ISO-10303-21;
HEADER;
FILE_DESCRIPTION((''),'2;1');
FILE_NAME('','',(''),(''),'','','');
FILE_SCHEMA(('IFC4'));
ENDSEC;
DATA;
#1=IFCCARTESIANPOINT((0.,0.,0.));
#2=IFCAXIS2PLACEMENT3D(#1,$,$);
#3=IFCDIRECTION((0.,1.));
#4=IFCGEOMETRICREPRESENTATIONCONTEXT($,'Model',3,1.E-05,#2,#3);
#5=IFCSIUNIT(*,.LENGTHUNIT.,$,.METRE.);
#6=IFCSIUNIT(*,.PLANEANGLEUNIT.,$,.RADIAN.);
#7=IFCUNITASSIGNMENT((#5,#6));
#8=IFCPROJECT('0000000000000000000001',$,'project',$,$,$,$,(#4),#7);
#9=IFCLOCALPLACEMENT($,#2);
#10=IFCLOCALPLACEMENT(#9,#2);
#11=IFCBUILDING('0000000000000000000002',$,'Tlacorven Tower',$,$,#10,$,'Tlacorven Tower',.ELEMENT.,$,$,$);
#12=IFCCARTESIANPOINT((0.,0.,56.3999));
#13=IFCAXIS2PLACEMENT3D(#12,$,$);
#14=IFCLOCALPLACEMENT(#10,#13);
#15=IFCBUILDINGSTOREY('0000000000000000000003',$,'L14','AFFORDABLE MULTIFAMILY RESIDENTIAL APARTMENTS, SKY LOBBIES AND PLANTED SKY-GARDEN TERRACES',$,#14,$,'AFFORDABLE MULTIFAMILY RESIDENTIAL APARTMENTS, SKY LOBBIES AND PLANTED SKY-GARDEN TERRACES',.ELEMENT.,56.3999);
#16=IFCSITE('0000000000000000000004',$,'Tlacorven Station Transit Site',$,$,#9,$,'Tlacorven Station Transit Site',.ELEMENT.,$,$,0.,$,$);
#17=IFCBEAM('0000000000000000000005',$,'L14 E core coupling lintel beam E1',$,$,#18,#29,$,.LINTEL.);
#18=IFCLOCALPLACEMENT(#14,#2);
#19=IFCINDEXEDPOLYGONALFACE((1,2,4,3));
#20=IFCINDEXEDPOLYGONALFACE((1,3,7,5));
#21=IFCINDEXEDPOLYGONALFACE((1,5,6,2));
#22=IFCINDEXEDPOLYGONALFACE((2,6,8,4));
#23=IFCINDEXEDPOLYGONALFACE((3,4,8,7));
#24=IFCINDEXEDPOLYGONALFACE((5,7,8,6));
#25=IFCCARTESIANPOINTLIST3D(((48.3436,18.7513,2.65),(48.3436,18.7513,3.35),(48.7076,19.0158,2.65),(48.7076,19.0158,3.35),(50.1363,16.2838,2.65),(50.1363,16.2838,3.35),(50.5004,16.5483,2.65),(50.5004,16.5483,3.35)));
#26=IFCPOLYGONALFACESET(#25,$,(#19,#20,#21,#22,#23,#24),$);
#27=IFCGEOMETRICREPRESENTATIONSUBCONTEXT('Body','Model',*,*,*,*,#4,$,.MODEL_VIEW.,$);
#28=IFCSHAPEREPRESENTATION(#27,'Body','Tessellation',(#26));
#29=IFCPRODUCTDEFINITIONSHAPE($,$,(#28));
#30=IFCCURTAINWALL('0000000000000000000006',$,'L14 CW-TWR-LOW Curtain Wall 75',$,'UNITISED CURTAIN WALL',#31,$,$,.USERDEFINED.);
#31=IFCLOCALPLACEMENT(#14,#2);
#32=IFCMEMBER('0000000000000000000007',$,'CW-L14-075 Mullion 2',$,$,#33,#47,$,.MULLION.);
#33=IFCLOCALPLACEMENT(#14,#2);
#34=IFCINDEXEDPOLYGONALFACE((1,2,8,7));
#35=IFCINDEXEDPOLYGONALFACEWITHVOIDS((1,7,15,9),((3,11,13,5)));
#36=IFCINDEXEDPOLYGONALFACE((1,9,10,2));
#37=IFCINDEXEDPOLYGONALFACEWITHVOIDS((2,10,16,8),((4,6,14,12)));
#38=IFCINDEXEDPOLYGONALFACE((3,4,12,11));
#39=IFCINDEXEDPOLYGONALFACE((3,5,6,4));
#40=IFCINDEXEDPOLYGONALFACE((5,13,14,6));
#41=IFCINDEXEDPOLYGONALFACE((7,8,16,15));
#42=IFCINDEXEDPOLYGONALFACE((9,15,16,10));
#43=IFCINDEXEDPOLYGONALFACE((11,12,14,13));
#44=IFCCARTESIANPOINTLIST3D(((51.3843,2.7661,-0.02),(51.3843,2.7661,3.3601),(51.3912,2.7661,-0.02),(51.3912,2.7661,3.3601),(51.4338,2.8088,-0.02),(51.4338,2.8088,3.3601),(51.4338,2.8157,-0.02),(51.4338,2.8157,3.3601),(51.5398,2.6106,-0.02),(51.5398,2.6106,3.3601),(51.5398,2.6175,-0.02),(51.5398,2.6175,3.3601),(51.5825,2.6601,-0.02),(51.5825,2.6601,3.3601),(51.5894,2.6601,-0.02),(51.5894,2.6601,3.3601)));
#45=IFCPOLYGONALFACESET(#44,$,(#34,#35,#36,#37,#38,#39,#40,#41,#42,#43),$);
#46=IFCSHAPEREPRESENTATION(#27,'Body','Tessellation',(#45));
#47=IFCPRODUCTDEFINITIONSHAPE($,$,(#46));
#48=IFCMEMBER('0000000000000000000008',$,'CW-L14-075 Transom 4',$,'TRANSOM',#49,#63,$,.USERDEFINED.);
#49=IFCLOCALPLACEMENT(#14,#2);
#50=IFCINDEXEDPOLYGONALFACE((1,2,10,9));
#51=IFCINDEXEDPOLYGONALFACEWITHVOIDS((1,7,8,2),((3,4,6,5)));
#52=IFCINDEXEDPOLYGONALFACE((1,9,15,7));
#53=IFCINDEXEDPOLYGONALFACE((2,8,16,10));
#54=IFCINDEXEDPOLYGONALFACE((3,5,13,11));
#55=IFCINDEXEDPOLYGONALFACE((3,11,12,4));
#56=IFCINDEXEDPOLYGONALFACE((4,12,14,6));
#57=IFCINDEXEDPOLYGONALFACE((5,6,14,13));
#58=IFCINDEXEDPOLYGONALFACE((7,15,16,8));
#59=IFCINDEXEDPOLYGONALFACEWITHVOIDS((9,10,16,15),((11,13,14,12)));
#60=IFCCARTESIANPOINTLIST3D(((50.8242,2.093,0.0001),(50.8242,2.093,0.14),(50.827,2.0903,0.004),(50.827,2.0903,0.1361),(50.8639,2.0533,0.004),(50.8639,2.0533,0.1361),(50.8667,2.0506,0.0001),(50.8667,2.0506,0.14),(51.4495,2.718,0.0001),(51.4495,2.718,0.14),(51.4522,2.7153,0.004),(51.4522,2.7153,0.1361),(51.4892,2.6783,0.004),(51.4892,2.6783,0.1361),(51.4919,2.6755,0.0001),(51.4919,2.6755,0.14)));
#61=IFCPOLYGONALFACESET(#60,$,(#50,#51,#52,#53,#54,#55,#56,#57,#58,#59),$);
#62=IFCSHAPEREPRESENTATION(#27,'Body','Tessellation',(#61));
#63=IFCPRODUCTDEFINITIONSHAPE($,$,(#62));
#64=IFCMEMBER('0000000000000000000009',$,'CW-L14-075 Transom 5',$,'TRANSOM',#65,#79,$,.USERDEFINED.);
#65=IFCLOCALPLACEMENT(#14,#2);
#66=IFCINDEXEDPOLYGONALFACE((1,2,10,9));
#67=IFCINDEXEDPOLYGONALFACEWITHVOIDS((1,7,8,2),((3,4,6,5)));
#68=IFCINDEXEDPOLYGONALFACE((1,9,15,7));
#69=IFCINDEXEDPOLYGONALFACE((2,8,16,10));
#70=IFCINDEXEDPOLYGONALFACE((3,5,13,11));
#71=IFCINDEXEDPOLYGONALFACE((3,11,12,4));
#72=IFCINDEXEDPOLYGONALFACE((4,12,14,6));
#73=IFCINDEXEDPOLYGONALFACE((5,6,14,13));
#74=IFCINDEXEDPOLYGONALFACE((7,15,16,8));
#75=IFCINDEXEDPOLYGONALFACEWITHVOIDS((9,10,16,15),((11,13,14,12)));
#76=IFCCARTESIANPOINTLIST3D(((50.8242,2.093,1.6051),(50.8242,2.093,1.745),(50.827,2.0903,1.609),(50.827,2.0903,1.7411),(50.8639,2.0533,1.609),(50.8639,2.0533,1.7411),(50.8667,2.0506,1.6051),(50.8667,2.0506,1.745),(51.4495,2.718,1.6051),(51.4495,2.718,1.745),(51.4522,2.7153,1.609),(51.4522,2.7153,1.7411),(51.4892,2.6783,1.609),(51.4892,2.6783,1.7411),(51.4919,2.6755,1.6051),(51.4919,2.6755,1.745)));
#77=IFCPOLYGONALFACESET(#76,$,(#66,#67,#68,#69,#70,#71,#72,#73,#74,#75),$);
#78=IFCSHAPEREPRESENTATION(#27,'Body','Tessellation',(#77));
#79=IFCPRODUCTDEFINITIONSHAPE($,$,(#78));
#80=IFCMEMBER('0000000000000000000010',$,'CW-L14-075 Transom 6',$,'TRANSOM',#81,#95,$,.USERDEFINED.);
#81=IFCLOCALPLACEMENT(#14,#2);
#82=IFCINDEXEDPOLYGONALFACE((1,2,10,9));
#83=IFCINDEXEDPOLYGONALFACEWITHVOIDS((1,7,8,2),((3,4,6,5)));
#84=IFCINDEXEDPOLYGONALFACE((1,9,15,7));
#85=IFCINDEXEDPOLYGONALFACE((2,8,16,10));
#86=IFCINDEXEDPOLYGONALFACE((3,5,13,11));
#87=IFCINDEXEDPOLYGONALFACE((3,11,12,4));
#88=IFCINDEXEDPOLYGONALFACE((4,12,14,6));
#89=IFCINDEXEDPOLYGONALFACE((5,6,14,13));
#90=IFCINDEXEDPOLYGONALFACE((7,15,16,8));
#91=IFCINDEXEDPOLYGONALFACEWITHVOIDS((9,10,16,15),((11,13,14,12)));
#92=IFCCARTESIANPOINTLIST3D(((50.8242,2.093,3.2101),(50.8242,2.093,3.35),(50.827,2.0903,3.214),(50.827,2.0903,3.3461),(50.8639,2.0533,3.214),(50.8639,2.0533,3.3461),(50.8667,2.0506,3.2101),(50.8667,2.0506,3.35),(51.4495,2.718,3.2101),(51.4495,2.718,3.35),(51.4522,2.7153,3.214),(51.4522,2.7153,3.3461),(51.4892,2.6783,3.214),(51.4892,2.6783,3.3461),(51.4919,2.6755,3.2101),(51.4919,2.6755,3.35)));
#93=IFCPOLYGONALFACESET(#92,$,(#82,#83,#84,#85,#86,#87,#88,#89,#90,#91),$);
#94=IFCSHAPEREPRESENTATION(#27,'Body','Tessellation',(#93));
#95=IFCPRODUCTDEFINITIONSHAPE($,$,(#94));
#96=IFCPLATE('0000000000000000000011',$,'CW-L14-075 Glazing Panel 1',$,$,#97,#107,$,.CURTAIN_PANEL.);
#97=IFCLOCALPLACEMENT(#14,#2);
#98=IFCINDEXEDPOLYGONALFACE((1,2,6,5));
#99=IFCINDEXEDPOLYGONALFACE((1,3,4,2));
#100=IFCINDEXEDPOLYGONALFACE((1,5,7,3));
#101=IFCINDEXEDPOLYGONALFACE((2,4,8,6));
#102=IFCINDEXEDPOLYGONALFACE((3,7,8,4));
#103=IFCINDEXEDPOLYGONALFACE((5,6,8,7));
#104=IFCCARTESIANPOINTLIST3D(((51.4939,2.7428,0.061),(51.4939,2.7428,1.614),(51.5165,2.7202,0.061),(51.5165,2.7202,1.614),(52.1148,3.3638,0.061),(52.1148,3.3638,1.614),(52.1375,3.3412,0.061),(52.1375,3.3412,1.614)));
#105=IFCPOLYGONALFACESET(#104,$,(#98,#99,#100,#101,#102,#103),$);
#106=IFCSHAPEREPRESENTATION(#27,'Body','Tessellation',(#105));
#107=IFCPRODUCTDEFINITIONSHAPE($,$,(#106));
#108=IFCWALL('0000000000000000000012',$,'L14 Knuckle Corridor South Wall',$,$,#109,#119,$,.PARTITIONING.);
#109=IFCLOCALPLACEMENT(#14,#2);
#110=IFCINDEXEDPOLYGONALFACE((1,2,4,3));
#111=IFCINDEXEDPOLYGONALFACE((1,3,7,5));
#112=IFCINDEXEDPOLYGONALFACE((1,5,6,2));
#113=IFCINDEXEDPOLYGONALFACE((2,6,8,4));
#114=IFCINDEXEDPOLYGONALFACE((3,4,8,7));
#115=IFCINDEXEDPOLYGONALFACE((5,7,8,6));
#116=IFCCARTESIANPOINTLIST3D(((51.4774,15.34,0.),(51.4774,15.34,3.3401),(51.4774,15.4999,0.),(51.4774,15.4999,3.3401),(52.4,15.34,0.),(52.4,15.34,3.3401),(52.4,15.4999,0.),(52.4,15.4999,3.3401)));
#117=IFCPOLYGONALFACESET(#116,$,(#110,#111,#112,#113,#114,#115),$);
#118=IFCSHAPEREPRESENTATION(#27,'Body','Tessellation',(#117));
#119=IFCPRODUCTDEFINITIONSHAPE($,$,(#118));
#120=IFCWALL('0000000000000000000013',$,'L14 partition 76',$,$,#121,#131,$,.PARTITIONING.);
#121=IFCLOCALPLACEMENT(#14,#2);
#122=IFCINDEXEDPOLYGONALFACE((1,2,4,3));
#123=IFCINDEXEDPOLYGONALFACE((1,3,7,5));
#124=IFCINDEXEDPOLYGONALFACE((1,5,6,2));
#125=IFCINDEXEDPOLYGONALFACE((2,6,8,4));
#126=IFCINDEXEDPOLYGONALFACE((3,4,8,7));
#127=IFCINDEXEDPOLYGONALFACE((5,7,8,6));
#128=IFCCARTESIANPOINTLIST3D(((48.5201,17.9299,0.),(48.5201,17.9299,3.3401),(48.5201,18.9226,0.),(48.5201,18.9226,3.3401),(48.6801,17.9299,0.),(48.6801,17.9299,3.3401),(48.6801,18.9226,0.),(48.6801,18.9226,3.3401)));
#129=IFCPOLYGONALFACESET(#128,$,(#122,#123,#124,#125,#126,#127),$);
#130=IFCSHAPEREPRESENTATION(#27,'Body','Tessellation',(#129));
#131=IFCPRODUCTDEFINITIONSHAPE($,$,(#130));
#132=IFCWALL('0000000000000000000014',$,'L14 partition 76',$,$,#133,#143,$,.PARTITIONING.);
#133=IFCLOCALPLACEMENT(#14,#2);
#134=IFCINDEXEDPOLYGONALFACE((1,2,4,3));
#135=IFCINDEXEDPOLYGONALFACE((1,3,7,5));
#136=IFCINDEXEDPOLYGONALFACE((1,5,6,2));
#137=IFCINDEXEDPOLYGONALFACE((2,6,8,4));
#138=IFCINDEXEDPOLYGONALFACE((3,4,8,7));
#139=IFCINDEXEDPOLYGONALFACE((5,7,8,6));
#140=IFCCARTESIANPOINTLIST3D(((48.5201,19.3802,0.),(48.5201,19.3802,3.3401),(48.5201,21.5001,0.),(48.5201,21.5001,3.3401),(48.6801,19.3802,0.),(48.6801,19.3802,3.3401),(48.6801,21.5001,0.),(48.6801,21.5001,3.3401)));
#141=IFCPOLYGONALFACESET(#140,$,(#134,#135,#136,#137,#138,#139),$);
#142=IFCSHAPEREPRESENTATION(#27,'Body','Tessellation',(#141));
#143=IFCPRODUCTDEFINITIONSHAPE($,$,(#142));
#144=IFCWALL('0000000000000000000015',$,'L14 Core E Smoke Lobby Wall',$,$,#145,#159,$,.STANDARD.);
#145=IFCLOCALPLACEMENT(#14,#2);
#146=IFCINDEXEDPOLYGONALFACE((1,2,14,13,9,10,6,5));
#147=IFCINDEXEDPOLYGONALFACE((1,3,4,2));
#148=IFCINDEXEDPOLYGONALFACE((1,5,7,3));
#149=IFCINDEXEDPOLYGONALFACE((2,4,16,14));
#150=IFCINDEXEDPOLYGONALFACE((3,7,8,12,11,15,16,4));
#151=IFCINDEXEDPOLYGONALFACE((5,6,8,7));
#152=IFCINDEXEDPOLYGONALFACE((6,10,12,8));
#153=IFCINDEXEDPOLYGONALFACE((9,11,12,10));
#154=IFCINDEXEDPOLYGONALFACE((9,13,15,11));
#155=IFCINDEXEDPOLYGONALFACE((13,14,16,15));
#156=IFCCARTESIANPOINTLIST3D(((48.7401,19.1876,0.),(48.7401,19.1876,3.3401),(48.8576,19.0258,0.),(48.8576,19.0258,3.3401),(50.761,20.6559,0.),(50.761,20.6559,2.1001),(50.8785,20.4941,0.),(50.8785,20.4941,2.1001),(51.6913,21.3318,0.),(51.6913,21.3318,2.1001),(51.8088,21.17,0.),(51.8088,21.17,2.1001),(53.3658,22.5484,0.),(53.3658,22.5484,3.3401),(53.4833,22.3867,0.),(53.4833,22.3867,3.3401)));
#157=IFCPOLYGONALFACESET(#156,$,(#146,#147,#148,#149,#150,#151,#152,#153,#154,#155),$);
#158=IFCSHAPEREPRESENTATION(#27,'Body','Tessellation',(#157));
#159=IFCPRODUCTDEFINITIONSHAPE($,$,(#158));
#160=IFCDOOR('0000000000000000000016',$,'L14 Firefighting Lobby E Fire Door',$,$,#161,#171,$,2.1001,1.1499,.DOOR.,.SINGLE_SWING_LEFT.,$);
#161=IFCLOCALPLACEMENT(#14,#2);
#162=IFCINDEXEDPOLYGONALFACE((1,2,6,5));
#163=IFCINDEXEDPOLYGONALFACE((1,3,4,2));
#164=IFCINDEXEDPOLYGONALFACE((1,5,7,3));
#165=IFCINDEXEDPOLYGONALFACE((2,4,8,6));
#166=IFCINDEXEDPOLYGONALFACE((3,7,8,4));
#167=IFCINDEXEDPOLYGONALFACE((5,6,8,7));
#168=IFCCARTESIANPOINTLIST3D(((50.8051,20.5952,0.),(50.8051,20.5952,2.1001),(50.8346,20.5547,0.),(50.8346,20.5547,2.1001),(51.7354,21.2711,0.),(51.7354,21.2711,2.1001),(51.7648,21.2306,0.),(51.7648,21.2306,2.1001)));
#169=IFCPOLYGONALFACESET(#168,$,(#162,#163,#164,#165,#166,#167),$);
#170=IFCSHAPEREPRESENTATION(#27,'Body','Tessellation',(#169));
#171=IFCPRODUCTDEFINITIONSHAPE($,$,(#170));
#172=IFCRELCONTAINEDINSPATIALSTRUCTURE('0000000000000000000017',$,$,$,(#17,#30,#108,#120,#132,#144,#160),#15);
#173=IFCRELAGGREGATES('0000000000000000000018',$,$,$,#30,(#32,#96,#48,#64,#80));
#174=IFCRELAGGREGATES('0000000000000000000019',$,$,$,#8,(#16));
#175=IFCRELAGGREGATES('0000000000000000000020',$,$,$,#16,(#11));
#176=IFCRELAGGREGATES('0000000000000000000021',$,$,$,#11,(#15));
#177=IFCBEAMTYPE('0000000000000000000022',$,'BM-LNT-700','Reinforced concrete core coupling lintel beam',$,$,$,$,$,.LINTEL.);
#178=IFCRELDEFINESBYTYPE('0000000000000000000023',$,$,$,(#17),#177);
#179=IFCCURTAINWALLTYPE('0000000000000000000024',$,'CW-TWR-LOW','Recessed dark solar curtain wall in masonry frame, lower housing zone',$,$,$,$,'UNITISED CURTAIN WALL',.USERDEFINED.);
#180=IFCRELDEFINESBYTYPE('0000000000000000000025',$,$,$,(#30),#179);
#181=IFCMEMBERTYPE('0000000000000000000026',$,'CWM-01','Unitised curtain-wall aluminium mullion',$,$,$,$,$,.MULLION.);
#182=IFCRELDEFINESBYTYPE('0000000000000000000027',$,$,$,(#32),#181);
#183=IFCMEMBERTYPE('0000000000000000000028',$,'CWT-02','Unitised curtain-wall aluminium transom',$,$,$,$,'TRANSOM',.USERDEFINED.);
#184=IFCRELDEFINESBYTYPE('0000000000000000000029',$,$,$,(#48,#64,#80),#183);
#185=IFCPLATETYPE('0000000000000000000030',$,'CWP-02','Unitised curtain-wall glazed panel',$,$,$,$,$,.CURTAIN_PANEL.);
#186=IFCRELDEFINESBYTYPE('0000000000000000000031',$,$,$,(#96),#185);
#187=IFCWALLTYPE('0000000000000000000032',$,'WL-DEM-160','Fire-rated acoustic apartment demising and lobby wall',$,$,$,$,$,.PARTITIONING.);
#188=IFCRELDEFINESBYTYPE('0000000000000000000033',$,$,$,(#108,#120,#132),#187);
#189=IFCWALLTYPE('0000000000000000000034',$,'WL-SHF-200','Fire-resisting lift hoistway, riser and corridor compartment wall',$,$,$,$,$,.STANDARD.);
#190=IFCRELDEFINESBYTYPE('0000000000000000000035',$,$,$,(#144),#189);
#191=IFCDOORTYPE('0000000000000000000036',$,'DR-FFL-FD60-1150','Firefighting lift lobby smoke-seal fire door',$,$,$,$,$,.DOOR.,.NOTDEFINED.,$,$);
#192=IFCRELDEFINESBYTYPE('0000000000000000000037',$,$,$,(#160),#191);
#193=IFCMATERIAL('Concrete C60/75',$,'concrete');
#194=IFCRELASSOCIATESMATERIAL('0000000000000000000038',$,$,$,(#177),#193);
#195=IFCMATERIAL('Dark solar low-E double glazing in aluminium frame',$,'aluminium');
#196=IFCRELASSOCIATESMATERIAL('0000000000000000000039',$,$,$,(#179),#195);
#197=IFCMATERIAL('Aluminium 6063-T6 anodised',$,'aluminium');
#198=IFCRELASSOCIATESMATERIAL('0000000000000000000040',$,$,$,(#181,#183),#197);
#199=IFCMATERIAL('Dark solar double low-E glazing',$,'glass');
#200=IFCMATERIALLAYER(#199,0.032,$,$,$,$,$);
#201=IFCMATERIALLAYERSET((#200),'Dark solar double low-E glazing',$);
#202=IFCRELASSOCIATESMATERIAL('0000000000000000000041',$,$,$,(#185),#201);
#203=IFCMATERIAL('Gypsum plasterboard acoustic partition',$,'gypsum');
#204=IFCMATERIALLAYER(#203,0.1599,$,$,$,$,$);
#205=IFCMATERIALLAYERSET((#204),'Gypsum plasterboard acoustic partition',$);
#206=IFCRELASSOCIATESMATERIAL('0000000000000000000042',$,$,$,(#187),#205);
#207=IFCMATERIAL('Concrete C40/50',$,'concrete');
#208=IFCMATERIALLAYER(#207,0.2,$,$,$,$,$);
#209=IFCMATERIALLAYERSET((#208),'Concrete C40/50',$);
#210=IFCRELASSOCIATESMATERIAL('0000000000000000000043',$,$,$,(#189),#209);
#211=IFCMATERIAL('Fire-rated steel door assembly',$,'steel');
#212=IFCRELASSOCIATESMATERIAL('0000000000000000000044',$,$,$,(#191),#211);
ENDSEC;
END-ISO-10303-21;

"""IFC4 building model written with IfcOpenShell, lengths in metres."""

from ifc_helpers import new_model, si_unit, direction, frame, frame_2d, origin, origin_2d, place, context, subcontext, project, spatial, rectangle, hollow_rectangle, extrude, source, transform, mapped, material, layer, layer_set, material_profile, profile_set, type_object, element, fill, aggregate, save


model = new_model("IFC4")

# Units and contexts
model_context = context("Model", 3, precision=1e-05, world=origin(), true_north=direction((0.0, 1.0)))
body_context = subcontext(model_context, "Body", "Model", "MODEL_VIEW")
ifc_project = project(units=[si_unit("LENGTHUNIT", "METRE"), si_unit("PLANEANGLEUNIT", "RADIAN")], contexts=[model_context])

# Site, building, storey
site_placement = place(None, origin())
site = spatial("IfcSite", under=ifc_project, at=site_placement, Name="Tlacorven Station Transit Site", LongName="Tlacorven Station Transit Site", CompositionType="ELEMENT", RefElevation=0.0)
building_placement = place(site_placement, origin())
building = spatial("IfcBuilding", under=site, at=building_placement, Name="Tlacorven Tower", LongName="Tlacorven Tower", CompositionType="ELEMENT")
storey_placement = place(building_placement, frame((0.0, 0.0, 56.3999)))
storey = spatial("IfcBuildingStorey", under=building, at=storey_placement, Name="L14", Description="AFFORDABLE MULTIFAMILY RESIDENTIAL APARTMENTS, SKY LOBBIES AND PLANTED SKY-GARDEN TERRACES", LongName="AFFORDABLE MULTIFAMILY RESIDENTIAL APARTMENTS, SKY LOBBIES AND PLANTED SKY-GARDEN TERRACES", CompositionType="ELEMENT", Elevation=56.3999)

# Beam
ifc_material_1 = material(Name="Concrete C60/75", Category="concrete")
ifc_material_profile_1 = material_profile(ifc_material_1, rectangle(XDim=0.45, YDim=0.7, at=origin_2d()), Name="RC 450X700")
ifc_profile_set_1 = profile_set([ifc_material_profile_1], Name="Concrete C60/75")
beam_type = type_object("IfcBeamType", Name="BM-LNT-700", Description="Reinforced concrete core coupling lintel beam", PredefinedType="LINTEL", material=ifc_profile_set_1)
shared_shape_1 = source(origin(), body_context, "Body", "SweptSolid", [
    extrude(rectangle(XDim=0.45, YDim=0.7, at=origin_2d()), origin(), (0.0, 0.0, 1.0), 3.05),
])
beam_placement = place(storey_placement, frame((50.3184, 16.416, 3.0), z_axis=(-0.587777, 0.809023, 0.0), x_axis=(-0.809023, -0.587777, 0.0)))
element("IfcBeam", 1, at=beam_placement, inside=storey, type_object=beam_type, Name="L14 E core coupling lintel beam E1", PredefinedType="LINTEL", context=body_context, shape_type="MappedRepresentation", body=[
    mapped(shared_shape_1, transform((0.0, 0.0, 0.0), scale=1.0)),
])

# Curtain wall, members, plate
ifc_material_2 = material(Name="Dark solar low-E double glazing in aluminium frame", Category="aluminium")
curtain_wall_type = type_object("IfcCurtainWallType", Name="CW-TWR-LOW", Description="Recessed dark solar curtain wall in masonry frame, lower housing zone", ElementType="UNITISED CURTAIN WALL", PredefinedType="USERDEFINED", material=ifc_material_2)
curtain_wall_placement = place(storey_placement, origin())
curtain_wall = element("IfcCurtainWall", 2, at=curtain_wall_placement, inside=storey, type_object=curtain_wall_type, Name="L14 CW-TWR-LOW Curtain Wall 75", ObjectType="UNITISED CURTAIN WALL", PredefinedType="USERDEFINED")
ifc_material_3 = material(Name="Aluminium 6063-T6 anodised", Category="aluminium")
ifc_material_profile_2 = material_profile(ifc_material_3, hollow_rectangle(XDim=0.0701, YDim=0.22, WallThickness=0.0049, at=origin_2d()), Name="ALU MULLION 70X220")
ifc_profile_set_2 = profile_set([ifc_material_profile_2], Name="Aluminium 6063-T6 anodised")
member_type_1 = type_object("IfcMemberType", Name="CWM-01", Description="Unitised curtain-wall aluminium mullion", PredefinedType="MULLION", material=ifc_profile_set_2)
shared_shape_2 = source(origin(), body_context, "Body", "SweptSolid", [
    extrude(hollow_rectangle(XDim=0.0701, YDim=0.22, WallThickness=0.0049, at=origin_2d()), origin(), (0.0, 0.0, 1.0), 3.3801),
])
member_1_placement = place(storey_placement, frame((51.4868, 2.7131, -0.02), z_axis=(0.0, 0.0, 1.0), x_axis=(-0.707107, -0.707107, 0.0)))
member_1 = element("IfcMember", 3, at=member_1_placement, type_object=member_type_1, Name="CW-L14-075 Mullion 2", PredefinedType="MULLION", context=body_context, shape_type="MappedRepresentation", body=[
    mapped(shared_shape_2, transform((0.0, 0.0, 0.0), scale=1.0)),
])
ifc_material_profile_3 = material_profile(ifc_material_3, hollow_rectangle(XDim=0.0601, YDim=0.1399, WallThickness=0.0039, at=origin_2d()), Name="ALU TRANSOM 60X140")
ifc_profile_set_3 = profile_set([ifc_material_profile_3], Name="Aluminium 6063-T6 anodised")
member_type_2 = type_object("IfcMemberType", Name="CWT-02", Description="Unitised curtain-wall aluminium transom", ElementType="TRANSOM", PredefinedType="USERDEFINED", material=ifc_profile_set_3)
shared_shape_3 = source(origin(), body_context, "Body", "SweptSolid", [
    extrude(hollow_rectangle(XDim=0.0601, YDim=0.1399, WallThickness=0.0039, at=origin_2d()), origin(), (0.0, 0.0, 1.0), 0.884),
])
member_2_placement = place(storey_placement, frame((51.4707, 2.6968, 0.0701), z_axis=(-0.707245, -0.706969, 0.0), x_axis=(0.706969, -0.707245, 0.0)))
member_2 = element("IfcMember", 4, at=member_2_placement, type_object=member_type_2, Name="CW-L14-075 Transom 4", ObjectType="TRANSOM", PredefinedType="USERDEFINED", context=body_context, shape_type="MappedRepresentation", body=[
    mapped(shared_shape_3, transform((0.0, 0.0, 0.0), scale=1.0)),
])
member_3_placement = place(storey_placement, frame((51.4707, 2.6968, 1.675), z_axis=(-0.707245, -0.706969, 0.0), x_axis=(0.706969, -0.707245, 0.0)))
member_3 = element("IfcMember", 5, at=member_3_placement, type_object=member_type_2, Name="CW-L14-075 Transom 5", ObjectType="TRANSOM", PredefinedType="USERDEFINED", context=body_context, shape_type="MappedRepresentation", body=[
    mapped(shared_shape_3, transform((0.0, 0.0, 0.0), scale=1.0)),
])
member_4_placement = place(storey_placement, frame((51.4707, 2.6968, 3.28), z_axis=(-0.707245, -0.706969, 0.0), x_axis=(0.706969, -0.707245, 0.0)))
member_4 = element("IfcMember", 6, at=member_4_placement, type_object=member_type_2, Name="CW-L14-075 Transom 6", ObjectType="TRANSOM", PredefinedType="USERDEFINED", context=body_context, shape_type="MappedRepresentation", body=[
    mapped(shared_shape_3, transform((0.0, 0.0, 0.0), scale=1.0)),
])
ifc_material_4 = material(Name="Dark solar double low-E glazing", Category="glass")
ifc_layer_1 = layer(ifc_material_4, 0.032)
ifc_layer_set_1 = layer_set([ifc_layer_1], Name="Dark solar double low-E glazing")
plate_type = type_object("IfcPlateType", Name="CWP-02", Description="Unitised curtain-wall glazed panel", PredefinedType="CURTAIN_PANEL", material=ifc_layer_set_1)
shared_shape_4 = source(origin(), body_context, "Body", "SweptSolid", [
    extrude(rectangle(XDim=0.8782, YDim=0.032, at=origin_2d()), origin(), (0.0, 0.0, 1.0), 1.553),
])
plate_placement = place(storey_placement, frame((51.8157, 3.042, 0.061), z_axis=(0.0, 0.0, 1.0), x_axis=(-0.707107, -0.707107, 0.0)))
plate = element("IfcPlate", 7, at=plate_placement, type_object=plate_type, Name="CW-L14-075 Glazing Panel 1", PredefinedType="CURTAIN_PANEL", context=body_context, shape_type="MappedRepresentation", body=[
    mapped(shared_shape_4, transform((0.0, 0.0, 0.0), scale=1.0)),
])
aggregate(curtain_wall, [member_1, plate, member_2, member_3, member_4])

# Walls
ifc_material_5 = material(Name="Gypsum plasterboard acoustic partition", Category="gypsum")
ifc_layer_2 = layer(ifc_material_5, 0.1599)
ifc_layer_set_2 = layer_set([ifc_layer_2], Name="Gypsum plasterboard acoustic partition")
wall_type_1 = type_object("IfcWallType", Name="WL-DEM-160", Description="Fire-rated acoustic apartment demising and lobby wall", PredefinedType="PARTITIONING", material=ifc_layer_set_2)
wall_1_placement = place(storey_placement, frame((51.4773, 15.4199, 0.0), z_axis=(0.0, 0.0, 1.0), x_axis=(1.0, 0.0, 0.0)))
element("IfcWall", 8, at=wall_1_placement, inside=storey, type_object=wall_type_1, Name="L14 Knuckle Corridor South Wall", PredefinedType="PARTITIONING", context=body_context, shape_type="SweptSolid", body=[
    extrude(rectangle(XDim=0.9226, YDim=0.1599, at=frame_2d((0.4614, 0.0))), origin(), (0.0, 0.0, 1.0), 3.3401),
])
wall_2_placement = place(storey_placement, frame((48.6001, 17.9299, 0.0), z_axis=(0.0, 0.0, 1.0), x_axis=(0.0, 1.0, 0.0)))
element("IfcWall", 9, at=wall_2_placement, inside=storey, type_object=wall_type_1, Name="L14 partition 76", PredefinedType="PARTITIONING", context=body_context, shape_type="SweptSolid", body=[
    extrude(rectangle(XDim=0.9927, YDim=0.1599, at=frame_2d((0.4963, 0.0))), origin(), (0.0, 0.0, 1.0), 3.3401),
])
wall_3_placement = place(storey_placement, frame((48.6001, 19.3801, 0.0), z_axis=(0.0, 0.0, 1.0), x_axis=(0.0, 1.0, 0.0)))
element("IfcWall", 10, at=wall_3_placement, inside=storey, type_object=wall_type_1, Name="L14 partition 76", PredefinedType="PARTITIONING", context=body_context, shape_type="SweptSolid", body=[
    extrude(rectangle(XDim=2.1199, YDim=0.1599, at=frame_2d((1.0601, 0.0))), origin(), (0.0, 0.0, 1.0), 3.3401),
])

# Wall, opening, door
ifc_material_6 = material(Name="Concrete C40/50", Category="concrete")
ifc_layer_3 = layer(ifc_material_6, 0.2)
ifc_layer_set_3 = layer_set([ifc_layer_3], Name="Concrete C40/50")
wall_type_2 = type_object("IfcWallType", Name="WL-SHF-200", Description="Fire-resisting lift hoistway, riser and corridor compartment wall", PredefinedType="STANDARD", material=ifc_layer_set_3)
wall_4_placement = place(storey_placement, frame((48.7988, 19.1067, 0.0), z_axis=(0.0, 0.0, 1.0), x_axis=(0.809013, 0.587791, 0.0)))
wall_4 = element("IfcWall", 11, at=wall_4_placement, inside=storey, type_object=wall_type_2, Name="L14 Core E Smoke Lobby Wall", PredefinedType="STANDARD", context=body_context, shape_type="SweptSolid", body=[
    extrude(rectangle(XDim=5.7178, YDim=0.2, at=frame_2d((2.8589, 0.0))), origin(), (0.0, 0.0, 1.0), 3.3401),
])
opening_1_placement = place(wall_4_placement, frame((2.498, 0.0, 0.0)))
opening_1 = element("IfcOpeningElement", 12, at=opening_1_placement, cuts=wall_4, PredefinedType="OPENING", context=body_context, shape_type="SweptSolid", body=[
    extrude(rectangle(XDim=1.1499, YDim=2.1001, at=frame_2d((0.575, 1.05))), frame((0.0, 0.1099, 0.0), z_axis=(0.0, -1.0, 0.0), x_axis=(1.0, 0.0, 0.0)), (0.0, 0.0, 1.0), 0.22),
])
ifc_material_7 = material(Name="Fire-rated steel door assembly", Category="steel")
door_type_1 = type_object("IfcDoorType", Name="DR-FFL-FD60-1150", Description="Firefighting lift lobby smoke-seal fire door", OperationType="NOTDEFINED", PredefinedType="DOOR", material=ifc_material_7)
shared_shape_5 = source(origin(), body_context, "Body", "SweptSolid", [
    extrude(rectangle(XDim=1.1499, YDim=2.1001, at=frame_2d((0.575, 1.05))), frame((0.0, 0.0249, 0.0), z_axis=(0.0, -1.0, 0.0), x_axis=(1.0, 0.0, 0.0)), (0.0, 0.0, 1.0), 0.05),
])
door_1_placement = place(opening_1_placement, origin())
door_1 = element("IfcDoor", 13, at=door_1_placement, inside=storey, type_object=door_type_1, Name="L14 Firefighting Lobby E Fire Door", OperationType="SINGLE_SWING_LEFT", OverallHeight=2.1001, OverallWidth=1.1499, PredefinedType="DOOR", context=body_context, shape_type="MappedRepresentation", body=[
    mapped(shared_shape_5, transform((0.0, 0.0, 0.0), scale=1.0)),
])
fill(opening_1, door_1)

save(model, "model.ifc")
